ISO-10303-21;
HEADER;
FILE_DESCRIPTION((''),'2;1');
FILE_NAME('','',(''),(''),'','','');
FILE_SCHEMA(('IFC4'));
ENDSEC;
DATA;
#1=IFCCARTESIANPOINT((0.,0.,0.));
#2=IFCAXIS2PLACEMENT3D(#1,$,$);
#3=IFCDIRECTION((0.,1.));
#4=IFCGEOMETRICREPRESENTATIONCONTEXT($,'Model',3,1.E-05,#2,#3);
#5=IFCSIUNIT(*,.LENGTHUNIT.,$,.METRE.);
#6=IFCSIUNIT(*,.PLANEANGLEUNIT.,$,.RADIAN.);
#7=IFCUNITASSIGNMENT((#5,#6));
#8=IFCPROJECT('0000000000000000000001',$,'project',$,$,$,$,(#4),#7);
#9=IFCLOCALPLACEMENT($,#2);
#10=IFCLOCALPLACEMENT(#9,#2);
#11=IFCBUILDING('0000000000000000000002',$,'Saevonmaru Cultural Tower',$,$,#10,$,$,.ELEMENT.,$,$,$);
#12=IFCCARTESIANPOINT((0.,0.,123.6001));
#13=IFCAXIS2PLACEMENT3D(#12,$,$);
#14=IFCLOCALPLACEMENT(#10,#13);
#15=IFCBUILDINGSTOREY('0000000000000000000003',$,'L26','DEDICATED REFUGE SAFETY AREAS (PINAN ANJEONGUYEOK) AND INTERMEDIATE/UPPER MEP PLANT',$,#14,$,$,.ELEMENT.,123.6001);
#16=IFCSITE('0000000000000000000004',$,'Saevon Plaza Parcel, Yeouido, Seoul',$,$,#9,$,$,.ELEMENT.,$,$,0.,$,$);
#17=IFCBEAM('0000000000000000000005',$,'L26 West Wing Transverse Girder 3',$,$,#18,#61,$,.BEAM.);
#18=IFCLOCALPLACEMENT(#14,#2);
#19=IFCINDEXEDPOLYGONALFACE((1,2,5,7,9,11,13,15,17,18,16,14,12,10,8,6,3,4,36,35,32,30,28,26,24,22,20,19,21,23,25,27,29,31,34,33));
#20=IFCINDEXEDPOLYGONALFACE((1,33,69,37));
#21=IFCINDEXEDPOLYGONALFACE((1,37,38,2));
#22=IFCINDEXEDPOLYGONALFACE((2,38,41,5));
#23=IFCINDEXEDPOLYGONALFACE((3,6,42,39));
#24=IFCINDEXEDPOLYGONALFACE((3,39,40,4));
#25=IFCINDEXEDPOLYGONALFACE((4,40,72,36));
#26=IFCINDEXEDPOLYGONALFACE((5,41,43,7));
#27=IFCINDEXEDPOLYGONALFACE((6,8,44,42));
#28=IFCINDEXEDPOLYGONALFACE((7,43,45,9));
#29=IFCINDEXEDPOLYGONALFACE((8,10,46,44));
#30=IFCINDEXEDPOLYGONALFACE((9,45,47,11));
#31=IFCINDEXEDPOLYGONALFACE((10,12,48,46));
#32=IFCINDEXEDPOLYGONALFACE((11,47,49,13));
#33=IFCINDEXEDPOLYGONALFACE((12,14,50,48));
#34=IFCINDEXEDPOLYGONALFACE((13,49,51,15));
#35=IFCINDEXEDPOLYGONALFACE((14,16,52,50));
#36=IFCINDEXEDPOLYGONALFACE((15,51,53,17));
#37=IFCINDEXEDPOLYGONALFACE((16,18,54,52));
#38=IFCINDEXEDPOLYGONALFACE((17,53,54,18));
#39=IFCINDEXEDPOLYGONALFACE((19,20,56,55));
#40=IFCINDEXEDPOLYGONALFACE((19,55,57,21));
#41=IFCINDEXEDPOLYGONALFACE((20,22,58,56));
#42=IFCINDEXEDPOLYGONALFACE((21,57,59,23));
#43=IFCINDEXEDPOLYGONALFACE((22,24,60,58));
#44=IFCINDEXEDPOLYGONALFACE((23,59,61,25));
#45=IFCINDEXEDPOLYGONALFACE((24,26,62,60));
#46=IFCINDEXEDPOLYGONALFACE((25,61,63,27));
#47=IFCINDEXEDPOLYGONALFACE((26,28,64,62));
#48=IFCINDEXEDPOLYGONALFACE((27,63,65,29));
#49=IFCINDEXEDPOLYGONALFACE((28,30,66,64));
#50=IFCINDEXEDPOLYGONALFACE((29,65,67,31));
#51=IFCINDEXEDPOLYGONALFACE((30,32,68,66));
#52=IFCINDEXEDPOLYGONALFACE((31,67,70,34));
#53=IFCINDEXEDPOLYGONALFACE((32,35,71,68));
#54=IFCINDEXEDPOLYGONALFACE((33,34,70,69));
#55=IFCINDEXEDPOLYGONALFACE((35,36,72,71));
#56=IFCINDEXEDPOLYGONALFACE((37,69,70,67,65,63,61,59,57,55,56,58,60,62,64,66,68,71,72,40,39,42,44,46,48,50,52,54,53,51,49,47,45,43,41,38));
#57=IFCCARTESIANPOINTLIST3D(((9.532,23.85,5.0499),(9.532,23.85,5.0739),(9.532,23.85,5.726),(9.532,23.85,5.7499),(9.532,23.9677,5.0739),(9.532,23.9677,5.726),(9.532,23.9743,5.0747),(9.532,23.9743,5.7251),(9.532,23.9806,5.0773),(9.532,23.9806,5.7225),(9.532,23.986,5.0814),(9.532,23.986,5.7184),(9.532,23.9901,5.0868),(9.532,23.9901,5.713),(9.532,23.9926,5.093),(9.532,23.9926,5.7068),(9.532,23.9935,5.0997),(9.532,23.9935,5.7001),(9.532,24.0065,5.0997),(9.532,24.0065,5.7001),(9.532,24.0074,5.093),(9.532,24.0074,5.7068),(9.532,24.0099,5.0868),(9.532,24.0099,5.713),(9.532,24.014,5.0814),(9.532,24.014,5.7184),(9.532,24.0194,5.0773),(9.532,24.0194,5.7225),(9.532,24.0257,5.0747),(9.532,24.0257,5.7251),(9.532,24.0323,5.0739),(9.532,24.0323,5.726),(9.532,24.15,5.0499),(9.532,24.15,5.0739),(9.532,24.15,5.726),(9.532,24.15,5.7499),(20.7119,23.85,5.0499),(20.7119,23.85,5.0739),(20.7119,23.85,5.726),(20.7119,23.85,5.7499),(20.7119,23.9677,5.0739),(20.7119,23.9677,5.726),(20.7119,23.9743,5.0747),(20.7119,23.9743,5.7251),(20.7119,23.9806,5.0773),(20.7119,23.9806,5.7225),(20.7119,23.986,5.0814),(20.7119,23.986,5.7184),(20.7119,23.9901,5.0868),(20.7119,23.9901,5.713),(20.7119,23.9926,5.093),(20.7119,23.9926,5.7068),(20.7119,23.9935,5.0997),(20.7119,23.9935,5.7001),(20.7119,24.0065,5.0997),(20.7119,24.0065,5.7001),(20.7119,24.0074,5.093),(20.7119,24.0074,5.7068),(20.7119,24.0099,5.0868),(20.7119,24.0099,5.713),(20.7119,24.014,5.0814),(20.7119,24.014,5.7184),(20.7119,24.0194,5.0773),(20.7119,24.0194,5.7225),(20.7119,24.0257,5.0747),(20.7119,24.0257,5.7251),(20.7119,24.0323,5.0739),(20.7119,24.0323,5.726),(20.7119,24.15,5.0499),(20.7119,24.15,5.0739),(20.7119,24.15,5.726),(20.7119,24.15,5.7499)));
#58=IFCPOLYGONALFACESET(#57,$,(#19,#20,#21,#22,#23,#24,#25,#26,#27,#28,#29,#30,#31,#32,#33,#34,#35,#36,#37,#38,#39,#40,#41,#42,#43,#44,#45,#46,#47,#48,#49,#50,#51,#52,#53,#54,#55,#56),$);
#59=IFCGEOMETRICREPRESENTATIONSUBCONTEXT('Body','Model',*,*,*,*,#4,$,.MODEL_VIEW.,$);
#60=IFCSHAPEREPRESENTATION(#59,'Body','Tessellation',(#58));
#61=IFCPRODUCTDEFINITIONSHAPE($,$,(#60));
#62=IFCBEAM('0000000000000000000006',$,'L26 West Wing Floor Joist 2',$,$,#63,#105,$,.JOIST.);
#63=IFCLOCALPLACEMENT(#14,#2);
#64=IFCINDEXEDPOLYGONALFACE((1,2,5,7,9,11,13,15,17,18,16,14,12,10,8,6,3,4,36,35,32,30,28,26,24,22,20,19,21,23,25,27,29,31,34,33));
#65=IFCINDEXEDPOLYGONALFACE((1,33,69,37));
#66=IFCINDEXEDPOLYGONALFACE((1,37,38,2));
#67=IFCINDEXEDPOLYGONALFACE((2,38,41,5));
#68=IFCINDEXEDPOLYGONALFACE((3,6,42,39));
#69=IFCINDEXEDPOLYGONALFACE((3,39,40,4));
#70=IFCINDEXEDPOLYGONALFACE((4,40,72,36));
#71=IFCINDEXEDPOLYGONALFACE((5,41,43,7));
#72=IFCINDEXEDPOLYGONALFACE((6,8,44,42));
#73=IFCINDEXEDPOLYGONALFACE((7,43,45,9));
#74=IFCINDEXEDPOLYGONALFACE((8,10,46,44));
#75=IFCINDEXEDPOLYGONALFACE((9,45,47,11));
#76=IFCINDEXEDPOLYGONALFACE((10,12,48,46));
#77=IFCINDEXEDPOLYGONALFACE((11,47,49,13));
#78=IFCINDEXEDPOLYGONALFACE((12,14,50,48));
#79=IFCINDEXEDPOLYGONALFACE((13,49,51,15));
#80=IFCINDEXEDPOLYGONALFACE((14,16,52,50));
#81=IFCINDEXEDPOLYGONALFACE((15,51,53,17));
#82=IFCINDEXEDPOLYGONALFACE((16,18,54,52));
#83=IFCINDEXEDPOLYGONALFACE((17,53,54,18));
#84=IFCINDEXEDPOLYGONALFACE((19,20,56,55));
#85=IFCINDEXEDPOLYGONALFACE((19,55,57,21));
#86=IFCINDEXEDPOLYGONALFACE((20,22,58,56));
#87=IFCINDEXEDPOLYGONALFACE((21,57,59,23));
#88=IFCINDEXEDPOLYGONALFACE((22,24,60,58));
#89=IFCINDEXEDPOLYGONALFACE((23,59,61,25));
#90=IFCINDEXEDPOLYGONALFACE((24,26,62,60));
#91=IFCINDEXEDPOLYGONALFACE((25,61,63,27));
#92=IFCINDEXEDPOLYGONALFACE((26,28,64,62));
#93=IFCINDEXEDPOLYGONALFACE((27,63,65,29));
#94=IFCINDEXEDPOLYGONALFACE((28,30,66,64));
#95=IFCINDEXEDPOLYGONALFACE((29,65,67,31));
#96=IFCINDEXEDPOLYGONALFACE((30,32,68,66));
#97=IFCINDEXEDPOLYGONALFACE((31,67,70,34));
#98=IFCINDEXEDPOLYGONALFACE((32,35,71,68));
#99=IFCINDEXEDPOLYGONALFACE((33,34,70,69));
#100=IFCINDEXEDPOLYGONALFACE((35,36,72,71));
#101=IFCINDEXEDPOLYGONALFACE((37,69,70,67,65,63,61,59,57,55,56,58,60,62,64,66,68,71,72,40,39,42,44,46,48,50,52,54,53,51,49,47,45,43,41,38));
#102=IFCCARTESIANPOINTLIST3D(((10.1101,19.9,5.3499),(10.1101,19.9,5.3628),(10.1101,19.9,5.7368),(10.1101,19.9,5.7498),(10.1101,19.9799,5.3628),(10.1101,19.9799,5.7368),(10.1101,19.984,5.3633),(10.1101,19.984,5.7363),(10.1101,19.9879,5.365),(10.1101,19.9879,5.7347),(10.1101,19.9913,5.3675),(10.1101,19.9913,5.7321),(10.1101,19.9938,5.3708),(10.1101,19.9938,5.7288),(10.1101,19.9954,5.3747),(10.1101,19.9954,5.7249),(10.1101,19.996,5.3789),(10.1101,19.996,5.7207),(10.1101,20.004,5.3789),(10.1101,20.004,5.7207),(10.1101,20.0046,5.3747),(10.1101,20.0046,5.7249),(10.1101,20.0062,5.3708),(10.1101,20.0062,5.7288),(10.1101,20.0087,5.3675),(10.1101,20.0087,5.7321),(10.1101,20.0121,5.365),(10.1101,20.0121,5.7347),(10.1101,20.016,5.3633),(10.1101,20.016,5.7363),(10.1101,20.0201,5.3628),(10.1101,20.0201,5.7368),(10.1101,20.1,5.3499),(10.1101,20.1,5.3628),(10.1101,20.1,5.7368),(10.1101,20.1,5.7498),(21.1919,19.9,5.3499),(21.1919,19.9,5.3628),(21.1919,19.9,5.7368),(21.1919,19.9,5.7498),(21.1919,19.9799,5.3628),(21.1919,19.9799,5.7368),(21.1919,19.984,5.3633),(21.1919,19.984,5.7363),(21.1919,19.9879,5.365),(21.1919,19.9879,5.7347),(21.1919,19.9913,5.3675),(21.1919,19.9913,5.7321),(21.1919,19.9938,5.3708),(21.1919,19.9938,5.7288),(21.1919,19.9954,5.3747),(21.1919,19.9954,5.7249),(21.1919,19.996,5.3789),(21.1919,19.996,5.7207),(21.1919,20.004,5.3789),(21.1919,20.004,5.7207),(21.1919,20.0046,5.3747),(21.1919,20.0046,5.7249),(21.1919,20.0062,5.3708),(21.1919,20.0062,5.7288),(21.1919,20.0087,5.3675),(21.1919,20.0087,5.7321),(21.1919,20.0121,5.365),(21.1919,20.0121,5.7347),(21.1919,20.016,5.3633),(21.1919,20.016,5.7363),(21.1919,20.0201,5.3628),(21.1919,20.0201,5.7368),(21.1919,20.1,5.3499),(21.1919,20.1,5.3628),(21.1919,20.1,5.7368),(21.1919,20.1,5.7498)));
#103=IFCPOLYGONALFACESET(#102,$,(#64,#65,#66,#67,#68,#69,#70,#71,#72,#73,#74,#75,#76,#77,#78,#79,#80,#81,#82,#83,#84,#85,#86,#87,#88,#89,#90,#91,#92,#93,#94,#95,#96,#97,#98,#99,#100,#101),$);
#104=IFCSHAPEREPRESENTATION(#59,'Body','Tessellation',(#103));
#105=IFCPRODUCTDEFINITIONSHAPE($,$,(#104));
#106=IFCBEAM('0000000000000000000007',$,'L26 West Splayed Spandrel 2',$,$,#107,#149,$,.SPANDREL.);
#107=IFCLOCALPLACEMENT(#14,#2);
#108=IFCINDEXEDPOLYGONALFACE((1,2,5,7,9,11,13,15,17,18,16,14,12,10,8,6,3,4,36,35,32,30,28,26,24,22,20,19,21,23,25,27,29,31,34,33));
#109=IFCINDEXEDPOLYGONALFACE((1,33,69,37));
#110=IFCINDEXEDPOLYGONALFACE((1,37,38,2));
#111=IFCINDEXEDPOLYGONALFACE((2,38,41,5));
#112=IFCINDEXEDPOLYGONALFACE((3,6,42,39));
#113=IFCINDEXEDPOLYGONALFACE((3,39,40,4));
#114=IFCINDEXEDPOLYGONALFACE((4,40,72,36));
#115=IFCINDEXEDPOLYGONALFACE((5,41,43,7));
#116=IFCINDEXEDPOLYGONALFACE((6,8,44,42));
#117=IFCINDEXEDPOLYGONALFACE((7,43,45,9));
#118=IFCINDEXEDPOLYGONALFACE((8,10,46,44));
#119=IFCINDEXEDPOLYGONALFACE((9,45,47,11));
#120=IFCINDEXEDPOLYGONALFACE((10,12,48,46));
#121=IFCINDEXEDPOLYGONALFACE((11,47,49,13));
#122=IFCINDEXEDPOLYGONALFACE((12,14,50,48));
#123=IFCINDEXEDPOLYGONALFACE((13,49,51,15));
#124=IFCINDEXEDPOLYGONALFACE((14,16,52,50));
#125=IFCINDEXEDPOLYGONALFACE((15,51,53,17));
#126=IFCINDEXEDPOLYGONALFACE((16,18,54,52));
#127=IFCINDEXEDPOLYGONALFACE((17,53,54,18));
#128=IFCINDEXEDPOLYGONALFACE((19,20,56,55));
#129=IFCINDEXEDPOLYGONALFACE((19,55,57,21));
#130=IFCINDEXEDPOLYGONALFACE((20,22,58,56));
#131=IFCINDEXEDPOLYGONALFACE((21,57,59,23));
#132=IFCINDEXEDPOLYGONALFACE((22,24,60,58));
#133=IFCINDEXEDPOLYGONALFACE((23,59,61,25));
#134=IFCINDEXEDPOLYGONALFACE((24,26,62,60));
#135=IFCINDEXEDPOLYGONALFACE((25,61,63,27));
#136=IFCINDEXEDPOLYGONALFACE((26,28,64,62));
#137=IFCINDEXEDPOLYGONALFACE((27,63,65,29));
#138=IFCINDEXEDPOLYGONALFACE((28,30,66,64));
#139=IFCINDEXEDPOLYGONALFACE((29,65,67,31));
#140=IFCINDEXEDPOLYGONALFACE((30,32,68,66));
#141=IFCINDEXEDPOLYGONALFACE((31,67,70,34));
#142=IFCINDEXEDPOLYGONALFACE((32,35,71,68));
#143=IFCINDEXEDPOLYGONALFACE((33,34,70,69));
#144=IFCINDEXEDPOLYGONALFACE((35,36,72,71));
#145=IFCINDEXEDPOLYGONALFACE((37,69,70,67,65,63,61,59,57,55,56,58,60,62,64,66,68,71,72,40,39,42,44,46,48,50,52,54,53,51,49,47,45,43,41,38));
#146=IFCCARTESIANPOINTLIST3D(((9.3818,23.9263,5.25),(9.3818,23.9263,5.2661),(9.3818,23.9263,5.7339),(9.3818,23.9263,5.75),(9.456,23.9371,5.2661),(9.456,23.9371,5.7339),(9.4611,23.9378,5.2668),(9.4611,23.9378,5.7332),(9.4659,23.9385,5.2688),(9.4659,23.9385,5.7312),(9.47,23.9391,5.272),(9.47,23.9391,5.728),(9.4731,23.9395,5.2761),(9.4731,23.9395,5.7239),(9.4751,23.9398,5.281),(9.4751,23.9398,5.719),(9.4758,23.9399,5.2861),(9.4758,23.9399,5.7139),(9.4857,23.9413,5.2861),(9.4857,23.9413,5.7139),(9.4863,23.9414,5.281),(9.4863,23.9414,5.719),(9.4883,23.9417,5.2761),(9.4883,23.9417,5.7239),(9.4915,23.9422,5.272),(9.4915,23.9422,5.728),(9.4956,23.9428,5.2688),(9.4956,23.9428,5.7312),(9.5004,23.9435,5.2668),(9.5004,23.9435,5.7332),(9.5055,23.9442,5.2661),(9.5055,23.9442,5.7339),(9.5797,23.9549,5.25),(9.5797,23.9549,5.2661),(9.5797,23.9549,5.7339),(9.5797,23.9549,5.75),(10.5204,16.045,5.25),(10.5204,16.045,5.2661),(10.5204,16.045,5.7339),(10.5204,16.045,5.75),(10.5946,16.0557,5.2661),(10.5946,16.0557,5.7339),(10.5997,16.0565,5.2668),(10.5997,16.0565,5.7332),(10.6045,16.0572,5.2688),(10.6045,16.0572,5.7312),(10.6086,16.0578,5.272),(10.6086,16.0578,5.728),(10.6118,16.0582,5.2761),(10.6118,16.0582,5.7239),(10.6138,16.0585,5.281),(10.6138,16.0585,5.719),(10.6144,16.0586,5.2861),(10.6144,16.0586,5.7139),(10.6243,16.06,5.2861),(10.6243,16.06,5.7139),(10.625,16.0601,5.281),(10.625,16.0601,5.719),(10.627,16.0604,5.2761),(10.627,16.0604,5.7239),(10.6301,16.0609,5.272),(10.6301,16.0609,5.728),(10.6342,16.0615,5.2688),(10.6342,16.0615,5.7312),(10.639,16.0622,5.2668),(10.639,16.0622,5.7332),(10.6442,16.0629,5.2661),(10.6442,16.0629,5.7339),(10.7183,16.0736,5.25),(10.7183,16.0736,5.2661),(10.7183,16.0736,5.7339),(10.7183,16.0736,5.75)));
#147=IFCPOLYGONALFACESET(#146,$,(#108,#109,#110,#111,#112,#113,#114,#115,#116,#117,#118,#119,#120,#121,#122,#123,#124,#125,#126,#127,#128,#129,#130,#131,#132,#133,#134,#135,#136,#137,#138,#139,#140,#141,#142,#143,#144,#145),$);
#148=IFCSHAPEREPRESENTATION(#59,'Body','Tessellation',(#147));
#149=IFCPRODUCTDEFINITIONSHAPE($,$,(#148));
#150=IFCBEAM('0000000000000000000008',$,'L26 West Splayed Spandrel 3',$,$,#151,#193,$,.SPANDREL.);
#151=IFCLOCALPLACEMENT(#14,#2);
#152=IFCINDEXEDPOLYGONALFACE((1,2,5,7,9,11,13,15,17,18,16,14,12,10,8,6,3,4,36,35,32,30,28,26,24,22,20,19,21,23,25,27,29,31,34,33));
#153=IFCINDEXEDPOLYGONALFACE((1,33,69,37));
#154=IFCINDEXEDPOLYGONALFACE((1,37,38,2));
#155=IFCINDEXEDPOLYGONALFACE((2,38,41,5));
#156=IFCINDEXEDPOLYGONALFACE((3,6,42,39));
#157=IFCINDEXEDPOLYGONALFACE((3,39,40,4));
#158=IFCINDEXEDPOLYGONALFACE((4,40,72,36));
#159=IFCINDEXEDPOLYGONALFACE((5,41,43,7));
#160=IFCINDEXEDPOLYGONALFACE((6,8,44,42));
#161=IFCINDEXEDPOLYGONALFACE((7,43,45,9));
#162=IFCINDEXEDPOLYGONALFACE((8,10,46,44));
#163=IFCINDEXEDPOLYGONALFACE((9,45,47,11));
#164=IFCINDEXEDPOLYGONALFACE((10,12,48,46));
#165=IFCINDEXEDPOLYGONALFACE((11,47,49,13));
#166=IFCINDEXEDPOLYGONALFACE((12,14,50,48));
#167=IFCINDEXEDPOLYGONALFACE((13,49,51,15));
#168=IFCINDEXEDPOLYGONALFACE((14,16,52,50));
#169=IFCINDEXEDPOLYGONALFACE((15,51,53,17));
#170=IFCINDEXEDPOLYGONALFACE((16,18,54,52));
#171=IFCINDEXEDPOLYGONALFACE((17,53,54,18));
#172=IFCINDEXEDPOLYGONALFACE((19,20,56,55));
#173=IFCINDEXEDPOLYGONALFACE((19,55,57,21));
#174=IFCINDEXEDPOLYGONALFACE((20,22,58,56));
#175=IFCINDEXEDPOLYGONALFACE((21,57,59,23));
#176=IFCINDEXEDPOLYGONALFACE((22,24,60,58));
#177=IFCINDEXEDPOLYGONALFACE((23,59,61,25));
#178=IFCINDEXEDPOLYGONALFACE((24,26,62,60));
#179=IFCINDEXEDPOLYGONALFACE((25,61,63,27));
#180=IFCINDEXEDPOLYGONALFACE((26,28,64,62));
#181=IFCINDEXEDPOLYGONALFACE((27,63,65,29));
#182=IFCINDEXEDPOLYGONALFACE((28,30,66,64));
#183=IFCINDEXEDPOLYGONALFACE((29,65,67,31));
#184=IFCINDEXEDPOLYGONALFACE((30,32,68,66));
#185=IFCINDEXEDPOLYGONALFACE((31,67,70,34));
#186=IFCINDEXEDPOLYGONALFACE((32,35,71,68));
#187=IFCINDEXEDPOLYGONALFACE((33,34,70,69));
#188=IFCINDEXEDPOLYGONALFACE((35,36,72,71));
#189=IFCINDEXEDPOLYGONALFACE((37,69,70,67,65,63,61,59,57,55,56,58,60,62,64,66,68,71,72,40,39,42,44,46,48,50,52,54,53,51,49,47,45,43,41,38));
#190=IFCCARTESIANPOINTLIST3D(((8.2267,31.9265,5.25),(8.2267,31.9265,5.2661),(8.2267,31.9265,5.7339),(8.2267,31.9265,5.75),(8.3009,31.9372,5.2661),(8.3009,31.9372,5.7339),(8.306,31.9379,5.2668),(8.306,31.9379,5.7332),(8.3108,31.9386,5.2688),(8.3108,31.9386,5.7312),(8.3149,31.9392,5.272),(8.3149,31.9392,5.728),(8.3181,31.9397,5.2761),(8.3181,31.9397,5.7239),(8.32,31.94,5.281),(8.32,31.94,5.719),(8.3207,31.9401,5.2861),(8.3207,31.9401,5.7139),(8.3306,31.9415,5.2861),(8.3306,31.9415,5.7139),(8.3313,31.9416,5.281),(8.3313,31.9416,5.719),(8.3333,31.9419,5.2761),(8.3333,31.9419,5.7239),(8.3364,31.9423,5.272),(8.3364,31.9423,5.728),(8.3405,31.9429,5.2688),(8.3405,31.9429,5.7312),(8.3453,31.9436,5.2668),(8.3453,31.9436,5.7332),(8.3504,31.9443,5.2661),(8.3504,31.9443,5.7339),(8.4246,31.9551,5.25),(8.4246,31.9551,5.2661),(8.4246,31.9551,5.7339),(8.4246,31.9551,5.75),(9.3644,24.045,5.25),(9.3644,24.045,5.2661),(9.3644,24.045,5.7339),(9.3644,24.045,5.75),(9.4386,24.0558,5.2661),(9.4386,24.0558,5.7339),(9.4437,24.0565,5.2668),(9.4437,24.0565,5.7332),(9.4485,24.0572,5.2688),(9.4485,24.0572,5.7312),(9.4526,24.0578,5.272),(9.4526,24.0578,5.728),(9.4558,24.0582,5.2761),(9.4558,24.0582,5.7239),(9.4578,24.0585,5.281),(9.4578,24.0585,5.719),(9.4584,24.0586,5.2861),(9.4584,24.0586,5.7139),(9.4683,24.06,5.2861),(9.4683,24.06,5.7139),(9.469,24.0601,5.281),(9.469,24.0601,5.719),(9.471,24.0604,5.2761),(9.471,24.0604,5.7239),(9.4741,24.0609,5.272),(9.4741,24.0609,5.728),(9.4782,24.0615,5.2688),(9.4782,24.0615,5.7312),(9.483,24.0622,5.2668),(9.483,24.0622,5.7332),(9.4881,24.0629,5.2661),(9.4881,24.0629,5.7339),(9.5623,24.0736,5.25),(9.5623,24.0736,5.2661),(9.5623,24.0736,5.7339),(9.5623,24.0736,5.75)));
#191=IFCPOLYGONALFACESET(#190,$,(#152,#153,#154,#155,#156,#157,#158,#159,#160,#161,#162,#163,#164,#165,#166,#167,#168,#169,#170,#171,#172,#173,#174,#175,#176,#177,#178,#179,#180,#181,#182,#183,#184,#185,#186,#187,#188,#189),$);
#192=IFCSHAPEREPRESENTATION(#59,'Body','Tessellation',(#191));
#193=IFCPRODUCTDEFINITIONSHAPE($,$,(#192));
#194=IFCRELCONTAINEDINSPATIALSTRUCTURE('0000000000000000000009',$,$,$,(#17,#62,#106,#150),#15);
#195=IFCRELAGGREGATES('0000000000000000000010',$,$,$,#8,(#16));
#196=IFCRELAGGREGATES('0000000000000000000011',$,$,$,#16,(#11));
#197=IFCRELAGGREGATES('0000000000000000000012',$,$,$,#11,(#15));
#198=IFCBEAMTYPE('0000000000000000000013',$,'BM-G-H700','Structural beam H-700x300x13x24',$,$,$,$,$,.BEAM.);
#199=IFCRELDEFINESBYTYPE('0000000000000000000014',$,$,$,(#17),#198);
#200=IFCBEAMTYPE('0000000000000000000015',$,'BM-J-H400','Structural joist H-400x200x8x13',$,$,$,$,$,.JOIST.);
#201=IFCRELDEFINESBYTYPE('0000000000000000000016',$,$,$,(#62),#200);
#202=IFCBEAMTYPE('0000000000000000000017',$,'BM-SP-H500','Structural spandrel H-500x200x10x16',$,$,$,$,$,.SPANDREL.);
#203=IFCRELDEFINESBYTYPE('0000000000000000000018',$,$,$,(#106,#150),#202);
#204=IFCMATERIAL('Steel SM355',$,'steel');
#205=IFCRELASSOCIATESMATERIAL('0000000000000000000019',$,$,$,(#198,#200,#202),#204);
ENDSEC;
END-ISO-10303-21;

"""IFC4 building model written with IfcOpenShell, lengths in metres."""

from ifc_helpers import new_model, si_unit, direction, frame, origin, origin_2d, place, context, subcontext, project, spatial, i_section, extrude, material, material_profile, profile_set, type_object, element, save


model = new_model("IFC4")

# Units and contexts
model_context = context("Model", 3, precision=1e-05, world=origin(), true_north=direction((0.0, 1.0)))
body_context = subcontext(model_context, "Body", "Model", "MODEL_VIEW")
ifc_project = project(units=[si_unit("LENGTHUNIT", "METRE"), si_unit("PLANEANGLEUNIT", "RADIAN")], contexts=[model_context])

# Site, building, storey
site_placement = place(None, origin())
site = spatial("IfcSite", under=ifc_project, at=site_placement, Name="Saevon Plaza Parcel, Yeouido, Seoul", CompositionType="ELEMENT", RefElevation=0.0)
building_placement = place(site_placement, origin())
building = spatial("IfcBuilding", under=site, at=building_placement, Name="Saevonmaru Cultural Tower", CompositionType="ELEMENT")
storey_placement = place(building_placement, frame((0.0, 0.0, 123.6001)))
storey = spatial("IfcBuildingStorey", under=building, at=storey_placement, Name="L26", Description="DEDICATED REFUGE SAFETY AREAS (PINAN ANJEONGUYEOK) AND INTERMEDIATE/UPPER MEP PLANT", CompositionType="ELEMENT", Elevation=123.6001)

# Shared definitions
ifc_material_1 = material(Name="Steel SM355", Category="steel")

# Beams
ifc_material_profile_1 = material_profile(ifc_material_1, i_section(OverallWidth=0.3, OverallDepth=0.7, WebThickness=0.0129, FlangeThickness=0.0239, FilletRadius=0.0259, at=origin_2d()), Name="H-700x300x13x24")
ifc_profile_set_1 = profile_set([ifc_material_profile_1], Name="Steel SM355")
beam_type_1 = type_object("IfcBeamType", Name="BM-G-H700", Description="Structural beam H-700x300x13x24", PredefinedType="BEAM", material=ifc_profile_set_1)
for number, where, z_axis, x_axis, name in (
    (1, (9.532, 24.0, 5.3999), (1.0, 0.0, 0.0), (0.0, 1.0, 0.0), "L26 West Wing Transverse Girder 3"),
):
    element("IfcBeam", number, at=place(storey_placement, frame(where, z_axis=z_axis, x_axis=x_axis)), inside=storey, type_object=beam_type_1, Name=name, PredefinedType="BEAM", context=body_context, shape_type="SweptSolid", body=[
        extrude(i_section(OverallWidth=0.3, OverallDepth=0.7, WebThickness=0.0129, FlangeThickness=0.0239, FilletRadius=0.0259, at=origin_2d()), origin(), (0.0, 0.0, 1.0), 11.1799),
    ])
ifc_material_profile_2 = material_profile(ifc_material_1, i_section(OverallWidth=0.2, OverallDepth=0.3999, WebThickness=0.0081, FlangeThickness=0.0129, FilletRadius=0.0161, at=origin_2d()), Name="H-400x200x8x13")
ifc_profile_set_2 = profile_set([ifc_material_profile_2], Name="Steel SM355")
beam_type_2 = type_object("IfcBeamType", Name="BM-J-H400", Description="Structural joist H-400x200x8x13", PredefinedType="JOIST", material=ifc_profile_set_2)
beam_placement = place(storey_placement, frame((10.1101, 20.0, 5.5498), z_axis=(1.0, 0.0, 0.0), x_axis=(0.0, 1.0, 0.0)))
element("IfcBeam", 2, at=beam_placement, inside=storey, type_object=beam_type_2, Name="L26 West Wing Floor Joist 2", PredefinedType="JOIST", context=body_context, shape_type="SweptSolid", body=[
    extrude(i_section(OverallWidth=0.2, OverallDepth=0.3999, WebThickness=0.0081, FlangeThickness=0.0129, FilletRadius=0.0161, at=origin_2d()), origin(), (0.0, 0.0, 1.0), 11.0818),
])
ifc_material_profile_3 = material_profile(ifc_material_1, i_section(OverallWidth=0.2, OverallDepth=0.5, WebThickness=0.01, FlangeThickness=0.0161, FilletRadius=0.02, at=origin_2d()), Name="H-500x200x10x16")
ifc_profile_set_3 = profile_set([ifc_material_profile_3], Name="Steel SM355")
beam_type_3 = type_object("IfcBeamType", Name="BM-SP-H500", Description="Structural spandrel H-500x200x10x16", PredefinedType="SPANDREL", material=ifc_profile_set_3)
for number, where, z_axis, x_axis, name in (
    (3, (10.6194, 16.0593, 5.5), (-0.142992, 0.989724, 0.0), (-0.989724, -0.142992, 0.0), "L26 West Splayed Spandrel 2"),
    (4, (9.4634, 24.0593, 5.5), (-0.142872, 0.989741, 0.0), (-0.989741, -0.142872, 0.0), "L26 West Splayed Spandrel 3"),
):
    element("IfcBeam", number, at=place(storey_placement, frame(where, z_axis=z_axis, x_axis=x_axis)), inside=storey, type_object=beam_type_3, Name=name, PredefinedType="SPANDREL", context=body_context, shape_type="SweptSolid", body=[
        extrude(i_section(OverallWidth=0.2, OverallDepth=0.5, WebThickness=0.01, FlangeThickness=0.0161, FilletRadius=0.02, at=origin_2d()), origin(), (0.0, 0.0, 1.0), 7.9631),
    ])

save(model, "model.ifc")
